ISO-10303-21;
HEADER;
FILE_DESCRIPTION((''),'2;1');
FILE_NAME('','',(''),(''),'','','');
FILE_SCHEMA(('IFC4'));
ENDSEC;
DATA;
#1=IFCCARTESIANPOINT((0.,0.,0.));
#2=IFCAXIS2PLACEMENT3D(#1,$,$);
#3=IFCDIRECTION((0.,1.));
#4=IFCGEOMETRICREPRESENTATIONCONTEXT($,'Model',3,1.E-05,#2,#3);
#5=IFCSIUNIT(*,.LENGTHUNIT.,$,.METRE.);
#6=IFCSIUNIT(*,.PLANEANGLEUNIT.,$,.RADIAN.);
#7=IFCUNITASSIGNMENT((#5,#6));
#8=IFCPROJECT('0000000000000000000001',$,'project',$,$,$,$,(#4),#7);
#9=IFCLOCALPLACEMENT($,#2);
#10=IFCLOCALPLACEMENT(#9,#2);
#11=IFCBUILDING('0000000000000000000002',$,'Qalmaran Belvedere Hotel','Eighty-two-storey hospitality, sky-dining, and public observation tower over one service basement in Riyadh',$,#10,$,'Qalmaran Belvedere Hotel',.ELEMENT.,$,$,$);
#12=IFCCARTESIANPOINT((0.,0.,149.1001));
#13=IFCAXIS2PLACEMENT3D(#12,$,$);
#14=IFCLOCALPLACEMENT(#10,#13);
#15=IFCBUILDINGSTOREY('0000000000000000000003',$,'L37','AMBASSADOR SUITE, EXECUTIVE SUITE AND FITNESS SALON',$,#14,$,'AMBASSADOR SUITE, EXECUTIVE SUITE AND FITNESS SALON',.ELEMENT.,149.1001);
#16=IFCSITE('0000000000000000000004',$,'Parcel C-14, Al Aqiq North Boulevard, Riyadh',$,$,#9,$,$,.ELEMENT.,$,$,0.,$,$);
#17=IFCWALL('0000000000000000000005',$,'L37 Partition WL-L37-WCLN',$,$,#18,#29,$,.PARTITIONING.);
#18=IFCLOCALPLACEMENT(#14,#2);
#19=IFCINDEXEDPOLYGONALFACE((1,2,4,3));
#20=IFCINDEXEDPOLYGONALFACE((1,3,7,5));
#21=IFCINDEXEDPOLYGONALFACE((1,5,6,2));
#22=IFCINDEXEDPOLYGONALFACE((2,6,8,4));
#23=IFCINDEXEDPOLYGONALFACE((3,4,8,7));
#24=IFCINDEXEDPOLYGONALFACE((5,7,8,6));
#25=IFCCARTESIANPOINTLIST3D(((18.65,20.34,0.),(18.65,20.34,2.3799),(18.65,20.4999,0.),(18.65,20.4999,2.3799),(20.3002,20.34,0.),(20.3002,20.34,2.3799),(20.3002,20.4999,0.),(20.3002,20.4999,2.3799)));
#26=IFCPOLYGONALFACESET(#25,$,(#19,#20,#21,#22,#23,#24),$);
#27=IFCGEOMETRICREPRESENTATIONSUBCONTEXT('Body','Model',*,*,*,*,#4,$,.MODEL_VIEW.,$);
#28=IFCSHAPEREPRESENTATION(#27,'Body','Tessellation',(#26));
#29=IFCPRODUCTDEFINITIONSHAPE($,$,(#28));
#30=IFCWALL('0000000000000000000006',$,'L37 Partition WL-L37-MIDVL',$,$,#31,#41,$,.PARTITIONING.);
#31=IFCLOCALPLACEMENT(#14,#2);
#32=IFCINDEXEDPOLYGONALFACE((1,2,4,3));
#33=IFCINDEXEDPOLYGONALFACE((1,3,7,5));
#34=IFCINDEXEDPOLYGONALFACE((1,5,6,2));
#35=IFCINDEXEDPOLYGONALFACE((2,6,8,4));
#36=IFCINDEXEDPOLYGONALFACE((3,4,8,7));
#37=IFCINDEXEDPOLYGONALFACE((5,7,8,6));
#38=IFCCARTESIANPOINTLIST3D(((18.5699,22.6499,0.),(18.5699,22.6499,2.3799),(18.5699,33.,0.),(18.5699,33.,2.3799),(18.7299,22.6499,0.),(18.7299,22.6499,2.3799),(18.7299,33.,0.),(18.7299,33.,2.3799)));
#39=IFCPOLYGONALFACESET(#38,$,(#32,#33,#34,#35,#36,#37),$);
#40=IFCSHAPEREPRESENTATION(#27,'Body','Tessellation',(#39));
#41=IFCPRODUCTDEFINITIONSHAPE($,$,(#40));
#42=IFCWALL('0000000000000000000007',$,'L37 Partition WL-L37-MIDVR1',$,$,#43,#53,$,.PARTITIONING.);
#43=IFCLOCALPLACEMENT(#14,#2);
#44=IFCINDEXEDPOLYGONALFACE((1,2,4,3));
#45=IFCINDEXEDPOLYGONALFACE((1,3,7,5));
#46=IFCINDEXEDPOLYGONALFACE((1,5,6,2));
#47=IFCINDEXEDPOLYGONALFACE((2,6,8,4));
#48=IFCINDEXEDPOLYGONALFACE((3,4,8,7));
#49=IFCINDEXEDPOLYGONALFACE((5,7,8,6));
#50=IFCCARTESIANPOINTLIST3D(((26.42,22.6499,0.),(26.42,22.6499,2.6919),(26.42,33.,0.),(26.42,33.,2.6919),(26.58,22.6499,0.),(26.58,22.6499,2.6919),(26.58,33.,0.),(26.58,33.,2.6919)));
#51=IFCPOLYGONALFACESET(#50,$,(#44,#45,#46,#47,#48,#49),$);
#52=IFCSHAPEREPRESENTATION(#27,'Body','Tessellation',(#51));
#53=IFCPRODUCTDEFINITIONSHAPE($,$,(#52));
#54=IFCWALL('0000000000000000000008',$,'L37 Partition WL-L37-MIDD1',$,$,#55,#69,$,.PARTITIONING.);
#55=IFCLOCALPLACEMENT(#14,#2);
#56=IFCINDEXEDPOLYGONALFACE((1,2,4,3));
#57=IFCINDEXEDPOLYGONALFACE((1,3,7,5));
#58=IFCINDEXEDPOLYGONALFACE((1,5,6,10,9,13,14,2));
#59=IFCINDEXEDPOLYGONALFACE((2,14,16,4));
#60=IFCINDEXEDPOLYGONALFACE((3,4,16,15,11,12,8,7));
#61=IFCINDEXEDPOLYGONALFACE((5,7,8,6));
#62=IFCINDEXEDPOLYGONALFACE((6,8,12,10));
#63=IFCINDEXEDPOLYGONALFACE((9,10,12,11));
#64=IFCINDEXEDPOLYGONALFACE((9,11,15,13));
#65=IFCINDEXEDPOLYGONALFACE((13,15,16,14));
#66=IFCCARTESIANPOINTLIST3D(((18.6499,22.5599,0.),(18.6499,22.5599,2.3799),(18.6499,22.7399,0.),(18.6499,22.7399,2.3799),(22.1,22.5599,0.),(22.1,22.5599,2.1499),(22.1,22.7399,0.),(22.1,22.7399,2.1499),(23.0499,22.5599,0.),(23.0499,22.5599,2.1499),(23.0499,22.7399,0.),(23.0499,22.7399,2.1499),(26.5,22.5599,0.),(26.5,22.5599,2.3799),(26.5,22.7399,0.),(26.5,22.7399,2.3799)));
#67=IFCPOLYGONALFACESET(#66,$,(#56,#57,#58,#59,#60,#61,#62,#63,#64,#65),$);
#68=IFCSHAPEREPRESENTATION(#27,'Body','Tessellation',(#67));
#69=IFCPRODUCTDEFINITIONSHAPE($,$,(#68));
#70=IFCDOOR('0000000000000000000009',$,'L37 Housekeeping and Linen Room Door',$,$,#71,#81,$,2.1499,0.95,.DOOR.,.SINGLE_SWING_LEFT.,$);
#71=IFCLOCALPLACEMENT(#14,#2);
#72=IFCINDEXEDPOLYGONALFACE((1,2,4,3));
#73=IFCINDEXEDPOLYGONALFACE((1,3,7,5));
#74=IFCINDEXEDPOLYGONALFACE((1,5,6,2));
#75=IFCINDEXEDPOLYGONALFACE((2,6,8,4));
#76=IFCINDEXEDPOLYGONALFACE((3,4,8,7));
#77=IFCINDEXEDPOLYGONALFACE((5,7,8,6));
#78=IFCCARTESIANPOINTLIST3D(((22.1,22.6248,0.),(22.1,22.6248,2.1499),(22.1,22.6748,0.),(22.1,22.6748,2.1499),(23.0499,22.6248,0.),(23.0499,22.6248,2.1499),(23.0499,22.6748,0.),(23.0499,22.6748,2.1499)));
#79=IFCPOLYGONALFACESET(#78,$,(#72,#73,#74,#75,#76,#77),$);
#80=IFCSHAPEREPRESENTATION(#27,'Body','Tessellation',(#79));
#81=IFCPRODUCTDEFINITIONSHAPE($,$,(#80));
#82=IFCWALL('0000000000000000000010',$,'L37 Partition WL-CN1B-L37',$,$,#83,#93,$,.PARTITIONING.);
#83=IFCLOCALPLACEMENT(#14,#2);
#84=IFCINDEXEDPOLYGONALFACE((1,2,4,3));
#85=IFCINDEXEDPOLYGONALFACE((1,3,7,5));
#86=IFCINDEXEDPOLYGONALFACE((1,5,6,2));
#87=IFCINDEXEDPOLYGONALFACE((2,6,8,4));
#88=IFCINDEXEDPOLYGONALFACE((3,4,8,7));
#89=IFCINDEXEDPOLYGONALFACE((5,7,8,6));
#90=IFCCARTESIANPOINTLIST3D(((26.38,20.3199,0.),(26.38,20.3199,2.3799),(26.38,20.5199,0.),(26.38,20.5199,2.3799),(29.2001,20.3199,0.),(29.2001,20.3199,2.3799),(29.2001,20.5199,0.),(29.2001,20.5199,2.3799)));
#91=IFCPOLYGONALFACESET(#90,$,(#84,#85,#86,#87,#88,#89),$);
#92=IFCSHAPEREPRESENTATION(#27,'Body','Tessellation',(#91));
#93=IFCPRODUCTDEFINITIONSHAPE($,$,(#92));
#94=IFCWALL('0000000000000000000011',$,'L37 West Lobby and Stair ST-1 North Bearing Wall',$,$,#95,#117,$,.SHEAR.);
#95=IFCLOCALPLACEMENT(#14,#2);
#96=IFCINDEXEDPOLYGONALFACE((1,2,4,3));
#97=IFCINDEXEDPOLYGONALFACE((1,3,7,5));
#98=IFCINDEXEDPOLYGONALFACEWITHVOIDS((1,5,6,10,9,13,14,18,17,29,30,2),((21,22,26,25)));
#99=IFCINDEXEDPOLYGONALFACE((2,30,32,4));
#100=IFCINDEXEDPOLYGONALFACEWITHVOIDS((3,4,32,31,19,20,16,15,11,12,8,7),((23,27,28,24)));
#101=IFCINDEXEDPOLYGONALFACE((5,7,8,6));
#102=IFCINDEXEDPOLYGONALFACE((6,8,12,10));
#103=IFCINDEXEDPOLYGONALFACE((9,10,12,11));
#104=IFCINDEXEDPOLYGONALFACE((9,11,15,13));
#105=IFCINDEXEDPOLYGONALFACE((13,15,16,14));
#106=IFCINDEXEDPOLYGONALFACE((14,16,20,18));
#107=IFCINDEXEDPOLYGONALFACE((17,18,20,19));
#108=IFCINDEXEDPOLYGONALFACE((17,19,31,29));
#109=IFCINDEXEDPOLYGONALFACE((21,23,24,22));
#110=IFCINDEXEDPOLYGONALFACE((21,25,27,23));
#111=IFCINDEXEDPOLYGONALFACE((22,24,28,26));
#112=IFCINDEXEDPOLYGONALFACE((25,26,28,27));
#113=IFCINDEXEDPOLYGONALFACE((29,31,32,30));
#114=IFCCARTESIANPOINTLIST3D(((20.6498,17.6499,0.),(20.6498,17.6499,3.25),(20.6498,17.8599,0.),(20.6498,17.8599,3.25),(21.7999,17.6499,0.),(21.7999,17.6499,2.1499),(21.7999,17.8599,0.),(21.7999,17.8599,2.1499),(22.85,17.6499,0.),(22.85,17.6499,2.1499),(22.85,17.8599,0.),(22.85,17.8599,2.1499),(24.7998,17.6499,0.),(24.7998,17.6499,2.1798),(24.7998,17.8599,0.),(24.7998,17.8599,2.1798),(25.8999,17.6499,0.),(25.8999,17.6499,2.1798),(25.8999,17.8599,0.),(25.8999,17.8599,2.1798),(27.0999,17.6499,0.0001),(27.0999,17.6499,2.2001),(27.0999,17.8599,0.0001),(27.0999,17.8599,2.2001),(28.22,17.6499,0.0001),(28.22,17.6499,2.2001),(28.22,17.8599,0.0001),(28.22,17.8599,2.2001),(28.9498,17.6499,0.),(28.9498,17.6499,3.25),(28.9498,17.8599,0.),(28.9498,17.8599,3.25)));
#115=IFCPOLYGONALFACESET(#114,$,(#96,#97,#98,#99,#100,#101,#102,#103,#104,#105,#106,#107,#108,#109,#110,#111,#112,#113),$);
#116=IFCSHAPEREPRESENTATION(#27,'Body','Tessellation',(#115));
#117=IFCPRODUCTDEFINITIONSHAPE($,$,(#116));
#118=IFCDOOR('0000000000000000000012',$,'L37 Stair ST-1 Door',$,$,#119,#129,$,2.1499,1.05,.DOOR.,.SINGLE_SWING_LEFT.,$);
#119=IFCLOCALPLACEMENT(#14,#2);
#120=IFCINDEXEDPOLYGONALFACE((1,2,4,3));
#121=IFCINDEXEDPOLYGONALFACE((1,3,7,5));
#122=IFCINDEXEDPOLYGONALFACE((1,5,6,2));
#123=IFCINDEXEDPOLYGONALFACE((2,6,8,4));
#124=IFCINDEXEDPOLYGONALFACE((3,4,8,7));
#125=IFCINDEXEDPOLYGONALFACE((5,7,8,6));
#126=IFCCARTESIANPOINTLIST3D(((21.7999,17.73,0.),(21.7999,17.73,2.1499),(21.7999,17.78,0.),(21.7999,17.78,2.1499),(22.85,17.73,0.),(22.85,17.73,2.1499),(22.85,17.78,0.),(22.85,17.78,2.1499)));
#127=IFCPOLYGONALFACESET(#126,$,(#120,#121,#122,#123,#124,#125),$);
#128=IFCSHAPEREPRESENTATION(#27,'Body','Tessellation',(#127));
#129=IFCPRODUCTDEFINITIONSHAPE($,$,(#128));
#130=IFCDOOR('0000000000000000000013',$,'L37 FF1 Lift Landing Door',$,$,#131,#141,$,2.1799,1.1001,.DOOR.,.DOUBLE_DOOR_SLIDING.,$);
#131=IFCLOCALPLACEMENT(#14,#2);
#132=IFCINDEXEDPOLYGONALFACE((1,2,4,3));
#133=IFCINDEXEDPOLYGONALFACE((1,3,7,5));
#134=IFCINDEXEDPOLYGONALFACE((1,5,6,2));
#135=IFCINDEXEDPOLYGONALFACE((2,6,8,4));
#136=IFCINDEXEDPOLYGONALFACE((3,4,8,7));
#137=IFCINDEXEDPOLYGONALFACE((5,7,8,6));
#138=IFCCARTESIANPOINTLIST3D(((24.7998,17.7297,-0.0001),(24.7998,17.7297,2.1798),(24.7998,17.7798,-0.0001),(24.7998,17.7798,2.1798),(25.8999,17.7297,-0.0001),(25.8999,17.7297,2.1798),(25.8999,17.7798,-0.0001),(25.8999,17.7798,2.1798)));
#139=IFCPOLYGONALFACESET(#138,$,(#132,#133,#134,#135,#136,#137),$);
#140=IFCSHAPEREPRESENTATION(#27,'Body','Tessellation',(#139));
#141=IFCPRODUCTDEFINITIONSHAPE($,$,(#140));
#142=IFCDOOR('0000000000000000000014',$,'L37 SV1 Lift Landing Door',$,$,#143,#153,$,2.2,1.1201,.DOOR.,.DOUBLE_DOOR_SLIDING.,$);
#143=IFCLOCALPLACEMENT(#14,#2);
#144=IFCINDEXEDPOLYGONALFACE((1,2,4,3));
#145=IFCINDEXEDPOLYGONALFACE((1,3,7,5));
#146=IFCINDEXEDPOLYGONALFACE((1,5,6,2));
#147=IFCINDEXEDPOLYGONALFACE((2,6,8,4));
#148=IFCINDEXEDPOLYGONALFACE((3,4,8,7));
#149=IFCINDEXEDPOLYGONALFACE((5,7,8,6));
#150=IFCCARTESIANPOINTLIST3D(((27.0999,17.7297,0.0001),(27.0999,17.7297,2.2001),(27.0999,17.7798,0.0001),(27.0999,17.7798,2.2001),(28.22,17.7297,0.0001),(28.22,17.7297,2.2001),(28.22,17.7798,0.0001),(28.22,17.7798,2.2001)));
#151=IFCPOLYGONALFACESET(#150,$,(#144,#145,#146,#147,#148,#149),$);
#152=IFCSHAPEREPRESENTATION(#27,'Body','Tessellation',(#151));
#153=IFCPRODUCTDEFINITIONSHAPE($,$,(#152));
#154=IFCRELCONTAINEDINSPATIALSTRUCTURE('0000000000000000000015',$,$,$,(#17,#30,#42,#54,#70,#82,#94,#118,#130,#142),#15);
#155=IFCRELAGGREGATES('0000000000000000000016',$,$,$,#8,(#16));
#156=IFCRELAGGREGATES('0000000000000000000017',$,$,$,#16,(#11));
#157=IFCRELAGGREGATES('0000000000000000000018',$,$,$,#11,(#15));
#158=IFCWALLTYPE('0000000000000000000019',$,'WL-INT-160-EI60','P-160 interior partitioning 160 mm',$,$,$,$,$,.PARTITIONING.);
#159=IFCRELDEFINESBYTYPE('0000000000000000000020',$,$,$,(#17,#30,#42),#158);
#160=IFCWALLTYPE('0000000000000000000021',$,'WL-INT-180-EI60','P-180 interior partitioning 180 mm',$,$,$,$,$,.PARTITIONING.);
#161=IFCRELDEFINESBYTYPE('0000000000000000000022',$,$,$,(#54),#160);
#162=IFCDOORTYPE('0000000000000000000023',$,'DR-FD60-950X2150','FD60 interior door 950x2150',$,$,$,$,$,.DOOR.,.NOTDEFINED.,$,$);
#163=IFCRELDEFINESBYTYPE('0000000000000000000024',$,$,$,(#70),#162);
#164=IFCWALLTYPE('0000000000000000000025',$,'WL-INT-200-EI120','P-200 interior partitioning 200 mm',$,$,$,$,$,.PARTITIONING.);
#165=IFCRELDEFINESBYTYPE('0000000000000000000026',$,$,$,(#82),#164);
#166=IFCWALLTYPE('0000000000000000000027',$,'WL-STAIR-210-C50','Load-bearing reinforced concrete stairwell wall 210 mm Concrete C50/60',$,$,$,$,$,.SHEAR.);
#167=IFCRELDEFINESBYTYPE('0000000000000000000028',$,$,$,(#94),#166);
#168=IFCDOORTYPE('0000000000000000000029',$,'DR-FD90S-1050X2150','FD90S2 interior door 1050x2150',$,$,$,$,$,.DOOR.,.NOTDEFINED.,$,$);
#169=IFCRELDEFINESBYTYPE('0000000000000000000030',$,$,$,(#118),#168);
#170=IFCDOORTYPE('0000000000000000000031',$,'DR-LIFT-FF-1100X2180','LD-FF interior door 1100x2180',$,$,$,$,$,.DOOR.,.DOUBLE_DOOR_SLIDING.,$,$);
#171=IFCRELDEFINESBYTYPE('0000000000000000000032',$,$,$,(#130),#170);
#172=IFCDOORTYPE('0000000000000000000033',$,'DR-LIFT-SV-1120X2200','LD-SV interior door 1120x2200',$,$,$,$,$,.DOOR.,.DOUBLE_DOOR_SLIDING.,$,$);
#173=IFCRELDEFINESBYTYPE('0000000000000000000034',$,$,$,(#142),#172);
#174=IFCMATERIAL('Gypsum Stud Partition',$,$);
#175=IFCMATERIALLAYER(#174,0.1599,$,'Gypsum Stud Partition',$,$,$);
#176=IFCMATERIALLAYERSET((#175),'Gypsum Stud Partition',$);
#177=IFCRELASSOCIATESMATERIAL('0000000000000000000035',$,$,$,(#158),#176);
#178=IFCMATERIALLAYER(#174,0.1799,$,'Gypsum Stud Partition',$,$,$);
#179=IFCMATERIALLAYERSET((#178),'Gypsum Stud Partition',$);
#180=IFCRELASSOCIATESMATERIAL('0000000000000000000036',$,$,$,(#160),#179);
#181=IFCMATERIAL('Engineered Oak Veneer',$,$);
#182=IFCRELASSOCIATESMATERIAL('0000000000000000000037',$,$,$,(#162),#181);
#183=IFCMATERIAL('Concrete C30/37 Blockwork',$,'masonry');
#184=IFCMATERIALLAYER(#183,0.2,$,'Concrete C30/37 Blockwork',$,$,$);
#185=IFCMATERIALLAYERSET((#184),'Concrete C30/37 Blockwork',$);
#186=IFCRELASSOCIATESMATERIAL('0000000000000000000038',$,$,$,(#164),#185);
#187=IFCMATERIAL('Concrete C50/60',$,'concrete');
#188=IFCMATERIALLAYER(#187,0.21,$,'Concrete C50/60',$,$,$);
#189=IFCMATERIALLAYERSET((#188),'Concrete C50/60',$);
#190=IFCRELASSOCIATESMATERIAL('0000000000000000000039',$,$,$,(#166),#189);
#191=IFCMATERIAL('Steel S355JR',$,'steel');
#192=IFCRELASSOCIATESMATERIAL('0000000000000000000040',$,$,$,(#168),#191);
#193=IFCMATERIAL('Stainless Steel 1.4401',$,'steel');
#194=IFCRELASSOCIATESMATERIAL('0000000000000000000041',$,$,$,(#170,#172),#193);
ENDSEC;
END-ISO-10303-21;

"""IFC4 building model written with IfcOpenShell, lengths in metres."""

from ifc_helpers import new_model, si_unit, direction, frame, frame_2d, origin, place, context, subcontext, project, spatial, rectangle, extrude, material, layer, layer_set, type_object, element, fill, save


model = new_model("IFC4")

# Units and contexts
model_context = context("Model", 3, precision=1e-05, world=origin(), true_north=direction((0.0, 1.0)))
body_context = subcontext(model_context, "Body", "Model", "MODEL_VIEW")
ifc_project = project(units=[si_unit("LENGTHUNIT", "METRE"), si_unit("PLANEANGLEUNIT", "RADIAN")], contexts=[model_context])

# Site, building, storey
site_placement = place(None, origin())
site = spatial("IfcSite", under=ifc_project, at=site_placement, Name="Parcel C-14, Al Aqiq North Boulevard, Riyadh", CompositionType="ELEMENT", RefElevation=0.0)
building_placement = place(site_placement, origin())
building = spatial("IfcBuilding", under=site, at=building_placement, Name="Qalmaran Belvedere Hotel", Description="Eighty-two-storey hospitality, sky-dining, and public observation tower over one service basement in Riyadh", LongName="Qalmaran Belvedere Hotel", CompositionType="ELEMENT")
storey_placement = place(building_placement, frame((0.0, 0.0, 149.1001)))
storey = spatial("IfcBuildingStorey", under=building, at=storey_placement, Name="L37", Description="AMBASSADOR SUITE, EXECUTIVE SUITE AND FITNESS SALON", LongName="AMBASSADOR SUITE, EXECUTIVE SUITE AND FITNESS SALON", CompositionType="ELEMENT", Elevation=149.1001)

# Shared definitions
ifc_material_1 = material(Name="Concrete C50/60", Category="concrete")

# Shared definitions
ifc_material_2 = material(Name="Steel S355JR", Category="steel")

# Shared definitions
ifc_material_3 = material(Name="Gypsum Stud Partition")

# Walls
ifc_layer_1 = layer(ifc_material_3, 0.1599, Name="Gypsum Stud Partition")
ifc_layer_set_1 = layer_set([ifc_layer_1], Name="Gypsum Stud Partition")
wall_type_1 = type_object("IfcWallType", Name="WL-INT-160-EI60", Description="P-160 interior partitioning 160 mm", PredefinedType="PARTITIONING", material=ifc_layer_set_1)
wall_1_placement = place(storey_placement, frame((18.6499, 20.4199, 0.0), z_axis=(0.0, 0.0, 1.0), x_axis=(1.0, 0.0, 0.0)))
element("IfcWall", 1, at=wall_1_placement, inside=storey, type_object=wall_type_1, Name="L37 Partition WL-L37-WCLN", PredefinedType="PARTITIONING", context=body_context, shape_type="SweptSolid", body=[
    extrude(rectangle(XDim=1.6501, YDim=0.1599, at=frame_2d((0.8252, 0.0))), origin(), (0.0, 0.0, 1.0), 2.3799),
])
wall_2_placement = place(storey_placement, frame((18.6499, 22.6499, 0.0), z_axis=(0.0, 0.0, 1.0), x_axis=(0.0, 1.0, 0.0)))
element("IfcWall", 2, at=wall_2_placement, inside=storey, type_object=wall_type_1, Name="L37 Partition WL-L37-MIDVL", PredefinedType="PARTITIONING", context=body_context, shape_type="SweptSolid", body=[
    extrude(rectangle(XDim=10.3501, YDim=0.1599, at=frame_2d((5.175, 0.0))), origin(), (0.0, 0.0, 1.0), 2.3799),
])
wall_3_placement = place(storey_placement, frame((26.5, 22.6499, 0.0), z_axis=(0.0, 0.0, 1.0), x_axis=(0.0, 1.0, 0.0)))
element("IfcWall", 3, at=wall_3_placement, inside=storey, type_object=wall_type_1, Name="L37 Partition WL-L37-MIDVR1", PredefinedType="PARTITIONING", context=body_context, shape_type="SweptSolid", body=[
    extrude(rectangle(XDim=10.3501, YDim=0.1599, at=frame_2d((5.175, 0.0))), origin(), (0.0, 0.0, 1.0), 2.6919),
])

# Wall, opening, door
ifc_layer_2 = layer(ifc_material_3, 0.1799, Name="Gypsum Stud Partition")
ifc_layer_set_2 = layer_set([ifc_layer_2], Name="Gypsum Stud Partition")
wall_type_2 = type_object("IfcWallType", Name="WL-INT-180-EI60", Description="P-180 interior partitioning 180 mm", PredefinedType="PARTITIONING", material=ifc_layer_set_2)
wall_4_placement = place(storey_placement, frame((18.6499, 22.6499, 0.0), z_axis=(0.0, 0.0, 1.0), x_axis=(1.0, 0.0, 0.0)))
wall_4 = element("IfcWall", 4, at=wall_4_placement, inside=storey, type_object=wall_type_2, Name="L37 Partition WL-L37-MIDD1", PredefinedType="PARTITIONING", context=body_context, shape_type="SweptSolid", body=[
    extrude(rectangle(XDim=7.8501, YDim=0.1799, at=frame_2d((3.925, 0.0))), origin(), (0.0, 0.0, 1.0), 2.3799),
])
opening_1_placement = place(wall_4_placement, frame((3.45, 0.0, 0.0)))
opening_1 = element("IfcOpeningElement", 5, at=opening_1_placement, cuts=wall_4, PredefinedType="OPENING", context=body_context, shape_type="SweptSolid", body=[
    extrude(rectangle(XDim=0.95, YDim=2.1499, at=frame_2d((0.4751, 1.075))), frame((0.0, 0.1001, 0.0), z_axis=(0.0, -1.0, 0.0), x_axis=(1.0, 0.0, 0.0)), (0.0, 0.0, 1.0), 0.2),
])
ifc_material_4 = material(Name="Engineered Oak Veneer")
door_type_1 = type_object("IfcDoorType", Name="DR-FD60-950X2150", Description="FD60 interior door 950x2150", OperationType="NOTDEFINED", PredefinedType="DOOR", material=ifc_material_4)
door_1_placement = place(opening_1_placement, origin())
door_1 = element("IfcDoor", 6, at=door_1_placement, inside=storey, type_object=door_type_1, Name="L37 Housekeeping and Linen Room Door", OperationType="SINGLE_SWING_LEFT", OverallHeight=2.1499, OverallWidth=0.95, PredefinedType="DOOR", context=body_context, shape_type="SweptSolid", body=[
    extrude(rectangle(XDim=0.95, YDim=2.1499, at=frame_2d((0.4751, 1.075))), frame((0.0, 0.0249, 0.0), z_axis=(0.0, -1.0, 0.0), x_axis=(1.0, 0.0, 0.0)), (0.0, 0.0, 1.0), 0.05),
])
fill(opening_1, door_1)
ifc_material_5 = material(Name="Concrete C30/37 Blockwork", Category="masonry")
ifc_layer_3 = layer(ifc_material_5, 0.2, Name="Concrete C30/37 Blockwork")
ifc_layer_set_3 = layer_set([ifc_layer_3], Name="Concrete C30/37 Blockwork")
wall_type_3 = type_object("IfcWallType", Name="WL-INT-200-EI120", Description="P-200 interior partitioning 200 mm", PredefinedType="PARTITIONING", material=ifc_layer_set_3)

# Wall
wall_5_placement = place(storey_placement, frame((26.3799, 20.4199, 0.0), z_axis=(0.0, 0.0, 1.0), x_axis=(1.0, 0.0, 0.0)))
element("IfcWall", 7, at=wall_5_placement, inside=storey, type_object=wall_type_3, Name="L37 Partition WL-CN1B-L37", PredefinedType="PARTITIONING", context=body_context, shape_type="SweptSolid", body=[
    extrude(rectangle(XDim=2.8201, YDim=0.2, at=frame_2d((1.4102, 0.0))), origin(), (0.0, 0.0, 1.0), 2.3799),
])

# Wall, openings, doors
ifc_layer_4 = layer(ifc_material_1, 0.21, Name="Concrete C50/60")
ifc_layer_set_4 = layer_set([ifc_layer_4], Name="Concrete C50/60")
wall_type_4 = type_object("IfcWallType", Name="WL-STAIR-210-C50", Description="Load-bearing reinforced concrete stairwell wall 210 mm Concrete C50/60", PredefinedType="SHEAR", material=ifc_layer_set_4)
wall_6_placement = place(storey_placement, frame((20.6499, 17.7549, 0.0), z_axis=(0.0, 0.0, 1.0), x_axis=(1.0, 0.0, 0.0)))
wall_6 = element("IfcWall", 8, at=wall_6_placement, inside=storey, type_object=wall_type_4, Name="L37 West Lobby and Stair ST-1 North Bearing Wall", PredefinedType="SHEAR", context=body_context, shape_type="SweptSolid", body=[
    extrude(rectangle(XDim=8.3, YDim=0.21, at=frame_2d((4.1499, 0.0))), origin(), (0.0, 0.0, 1.0), 3.25),
])
opening_2_placement = place(wall_6_placement, frame((2.2, 0.0, 0.0), z_axis=(0.0, 0.0, 1.0), x_axis=(-1.0, 0.0, 0.0)))
opening_2 = element("IfcOpeningElement", 9, at=opening_2_placement, cuts=wall_6, PredefinedType="OPENING", context=body_context, shape_type="SweptSolid", body=[
    extrude(rectangle(XDim=1.05, YDim=2.1499, at=frame_2d((0.5249, 1.075))), frame((0.0, 0.115, 0.0), z_axis=(0.0, -1.0, 0.0), x_axis=(1.0, 0.0, 0.0)), (0.0, 0.0, 1.0), 0.23),
])
opening_3_placement = place(wall_6_placement, frame((4.1499, 0.0, 0.0)))
opening_3 = element("IfcOpeningElement", 10, at=opening_3_placement, cuts=wall_6, PredefinedType="OPENING", context=body_context, shape_type="SweptSolid", body=[
    extrude(rectangle(XDim=1.1001, YDim=2.1799, at=frame_2d((0.55, 1.0898))), frame((0.0, 0.115, 0.0), z_axis=(0.0, -1.0, 0.0), x_axis=(1.0, 0.0, 0.0)), (0.0, 0.0, 1.0), 0.23),
])
opening_4_placement = place(wall_6_placement, frame((6.45, 0.0, 0.0)))
opening_4 = element("IfcOpeningElement", 11, at=opening_4_placement, cuts=wall_6, PredefinedType="OPENING", context=body_context, shape_type="SweptSolid", body=[
    extrude(rectangle(XDim=1.1201, YDim=2.2, at=frame_2d((0.5601, 1.1001))), frame((0.0, 0.115, 0.0), z_axis=(0.0, -1.0, 0.0), x_axis=(1.0, 0.0, 0.0)), (0.0, 0.0, 1.0), 0.23),
])
door_type_2 = type_object("IfcDoorType", Name="DR-FD90S-1050X2150", Description="FD90S2 interior door 1050x2150", OperationType="NOTDEFINED", PredefinedType="DOOR", material=ifc_material_2)
door_2_placement = place(opening_2_placement, origin())
door_2 = element("IfcDoor", 12, at=door_2_placement, inside=storey, type_object=door_type_2, Name="L37 Stair ST-1 Door", OperationType="SINGLE_SWING_LEFT", OverallHeight=2.1499, OverallWidth=1.05, PredefinedType="DOOR", context=body_context, shape_type="SweptSolid", body=[
    extrude(rectangle(XDim=1.05, YDim=2.1499, at=frame_2d((0.5249, 1.075))), frame((0.0, 0.0249, 0.0), z_axis=(0.0, -1.0, 0.0), x_axis=(1.0, 0.0, 0.0)), (0.0, 0.0, 1.0), 0.05),
])
fill(opening_2, door_2)
ifc_material_6 = material(Name="Stainless Steel 1.4401", Category="steel")
door_type_3 = type_object("IfcDoorType", Name="DR-LIFT-FF-1100X2180", Description="LD-FF interior door 1100x2180", OperationType="DOUBLE_DOOR_SLIDING", PredefinedType="DOOR", material=ifc_material_6)
door_3_placement = place(opening_3_placement, origin())
door_3 = element("IfcDoor", 13, at=door_3_placement, inside=storey, type_object=door_type_3, Name="L37 FF1 Lift Landing Door", OperationType="DOUBLE_DOOR_SLIDING", OverallHeight=2.1799, OverallWidth=1.1001, PredefinedType="DOOR", context=body_context, shape_type="SweptSolid", body=[
    extrude(rectangle(XDim=1.1001, YDim=2.1799, at=frame_2d((0.55, 1.0898))), frame((0.0, 0.0249, 0.0), z_axis=(0.0, -1.0, 0.0), x_axis=(1.0, 0.0, 0.0)), (0.0, 0.0, 1.0), 0.05),
])
fill(opening_3, door_3)
door_type_4 = type_object("IfcDoorType", Name="DR-LIFT-SV-1120X2200", Description="LD-SV interior door 1120x2200", OperationType="DOUBLE_DOOR_SLIDING", PredefinedType="DOOR", material=ifc_material_6)
door_4_placement = place(opening_4_placement, origin())
door_4 = element("IfcDoor", 14, at=door_4_placement, inside=storey, type_object=door_type_4, Name="L37 SV1 Lift Landing Door", OperationType="DOUBLE_DOOR_SLIDING", OverallHeight=2.2, OverallWidth=1.1201, PredefinedType="DOOR", context=body_context, shape_type="SweptSolid", body=[
    extrude(rectangle(XDim=1.1201, YDim=2.2, at=frame_2d((0.5601, 1.1001))), frame((0.0, 0.0249, 0.0), z_axis=(0.0, -1.0, 0.0), x_axis=(1.0, 0.0, 0.0)), (0.0, 0.0, 1.0), 0.05),
])
fill(opening_4, door_4)

save(model, "model.ifc")
